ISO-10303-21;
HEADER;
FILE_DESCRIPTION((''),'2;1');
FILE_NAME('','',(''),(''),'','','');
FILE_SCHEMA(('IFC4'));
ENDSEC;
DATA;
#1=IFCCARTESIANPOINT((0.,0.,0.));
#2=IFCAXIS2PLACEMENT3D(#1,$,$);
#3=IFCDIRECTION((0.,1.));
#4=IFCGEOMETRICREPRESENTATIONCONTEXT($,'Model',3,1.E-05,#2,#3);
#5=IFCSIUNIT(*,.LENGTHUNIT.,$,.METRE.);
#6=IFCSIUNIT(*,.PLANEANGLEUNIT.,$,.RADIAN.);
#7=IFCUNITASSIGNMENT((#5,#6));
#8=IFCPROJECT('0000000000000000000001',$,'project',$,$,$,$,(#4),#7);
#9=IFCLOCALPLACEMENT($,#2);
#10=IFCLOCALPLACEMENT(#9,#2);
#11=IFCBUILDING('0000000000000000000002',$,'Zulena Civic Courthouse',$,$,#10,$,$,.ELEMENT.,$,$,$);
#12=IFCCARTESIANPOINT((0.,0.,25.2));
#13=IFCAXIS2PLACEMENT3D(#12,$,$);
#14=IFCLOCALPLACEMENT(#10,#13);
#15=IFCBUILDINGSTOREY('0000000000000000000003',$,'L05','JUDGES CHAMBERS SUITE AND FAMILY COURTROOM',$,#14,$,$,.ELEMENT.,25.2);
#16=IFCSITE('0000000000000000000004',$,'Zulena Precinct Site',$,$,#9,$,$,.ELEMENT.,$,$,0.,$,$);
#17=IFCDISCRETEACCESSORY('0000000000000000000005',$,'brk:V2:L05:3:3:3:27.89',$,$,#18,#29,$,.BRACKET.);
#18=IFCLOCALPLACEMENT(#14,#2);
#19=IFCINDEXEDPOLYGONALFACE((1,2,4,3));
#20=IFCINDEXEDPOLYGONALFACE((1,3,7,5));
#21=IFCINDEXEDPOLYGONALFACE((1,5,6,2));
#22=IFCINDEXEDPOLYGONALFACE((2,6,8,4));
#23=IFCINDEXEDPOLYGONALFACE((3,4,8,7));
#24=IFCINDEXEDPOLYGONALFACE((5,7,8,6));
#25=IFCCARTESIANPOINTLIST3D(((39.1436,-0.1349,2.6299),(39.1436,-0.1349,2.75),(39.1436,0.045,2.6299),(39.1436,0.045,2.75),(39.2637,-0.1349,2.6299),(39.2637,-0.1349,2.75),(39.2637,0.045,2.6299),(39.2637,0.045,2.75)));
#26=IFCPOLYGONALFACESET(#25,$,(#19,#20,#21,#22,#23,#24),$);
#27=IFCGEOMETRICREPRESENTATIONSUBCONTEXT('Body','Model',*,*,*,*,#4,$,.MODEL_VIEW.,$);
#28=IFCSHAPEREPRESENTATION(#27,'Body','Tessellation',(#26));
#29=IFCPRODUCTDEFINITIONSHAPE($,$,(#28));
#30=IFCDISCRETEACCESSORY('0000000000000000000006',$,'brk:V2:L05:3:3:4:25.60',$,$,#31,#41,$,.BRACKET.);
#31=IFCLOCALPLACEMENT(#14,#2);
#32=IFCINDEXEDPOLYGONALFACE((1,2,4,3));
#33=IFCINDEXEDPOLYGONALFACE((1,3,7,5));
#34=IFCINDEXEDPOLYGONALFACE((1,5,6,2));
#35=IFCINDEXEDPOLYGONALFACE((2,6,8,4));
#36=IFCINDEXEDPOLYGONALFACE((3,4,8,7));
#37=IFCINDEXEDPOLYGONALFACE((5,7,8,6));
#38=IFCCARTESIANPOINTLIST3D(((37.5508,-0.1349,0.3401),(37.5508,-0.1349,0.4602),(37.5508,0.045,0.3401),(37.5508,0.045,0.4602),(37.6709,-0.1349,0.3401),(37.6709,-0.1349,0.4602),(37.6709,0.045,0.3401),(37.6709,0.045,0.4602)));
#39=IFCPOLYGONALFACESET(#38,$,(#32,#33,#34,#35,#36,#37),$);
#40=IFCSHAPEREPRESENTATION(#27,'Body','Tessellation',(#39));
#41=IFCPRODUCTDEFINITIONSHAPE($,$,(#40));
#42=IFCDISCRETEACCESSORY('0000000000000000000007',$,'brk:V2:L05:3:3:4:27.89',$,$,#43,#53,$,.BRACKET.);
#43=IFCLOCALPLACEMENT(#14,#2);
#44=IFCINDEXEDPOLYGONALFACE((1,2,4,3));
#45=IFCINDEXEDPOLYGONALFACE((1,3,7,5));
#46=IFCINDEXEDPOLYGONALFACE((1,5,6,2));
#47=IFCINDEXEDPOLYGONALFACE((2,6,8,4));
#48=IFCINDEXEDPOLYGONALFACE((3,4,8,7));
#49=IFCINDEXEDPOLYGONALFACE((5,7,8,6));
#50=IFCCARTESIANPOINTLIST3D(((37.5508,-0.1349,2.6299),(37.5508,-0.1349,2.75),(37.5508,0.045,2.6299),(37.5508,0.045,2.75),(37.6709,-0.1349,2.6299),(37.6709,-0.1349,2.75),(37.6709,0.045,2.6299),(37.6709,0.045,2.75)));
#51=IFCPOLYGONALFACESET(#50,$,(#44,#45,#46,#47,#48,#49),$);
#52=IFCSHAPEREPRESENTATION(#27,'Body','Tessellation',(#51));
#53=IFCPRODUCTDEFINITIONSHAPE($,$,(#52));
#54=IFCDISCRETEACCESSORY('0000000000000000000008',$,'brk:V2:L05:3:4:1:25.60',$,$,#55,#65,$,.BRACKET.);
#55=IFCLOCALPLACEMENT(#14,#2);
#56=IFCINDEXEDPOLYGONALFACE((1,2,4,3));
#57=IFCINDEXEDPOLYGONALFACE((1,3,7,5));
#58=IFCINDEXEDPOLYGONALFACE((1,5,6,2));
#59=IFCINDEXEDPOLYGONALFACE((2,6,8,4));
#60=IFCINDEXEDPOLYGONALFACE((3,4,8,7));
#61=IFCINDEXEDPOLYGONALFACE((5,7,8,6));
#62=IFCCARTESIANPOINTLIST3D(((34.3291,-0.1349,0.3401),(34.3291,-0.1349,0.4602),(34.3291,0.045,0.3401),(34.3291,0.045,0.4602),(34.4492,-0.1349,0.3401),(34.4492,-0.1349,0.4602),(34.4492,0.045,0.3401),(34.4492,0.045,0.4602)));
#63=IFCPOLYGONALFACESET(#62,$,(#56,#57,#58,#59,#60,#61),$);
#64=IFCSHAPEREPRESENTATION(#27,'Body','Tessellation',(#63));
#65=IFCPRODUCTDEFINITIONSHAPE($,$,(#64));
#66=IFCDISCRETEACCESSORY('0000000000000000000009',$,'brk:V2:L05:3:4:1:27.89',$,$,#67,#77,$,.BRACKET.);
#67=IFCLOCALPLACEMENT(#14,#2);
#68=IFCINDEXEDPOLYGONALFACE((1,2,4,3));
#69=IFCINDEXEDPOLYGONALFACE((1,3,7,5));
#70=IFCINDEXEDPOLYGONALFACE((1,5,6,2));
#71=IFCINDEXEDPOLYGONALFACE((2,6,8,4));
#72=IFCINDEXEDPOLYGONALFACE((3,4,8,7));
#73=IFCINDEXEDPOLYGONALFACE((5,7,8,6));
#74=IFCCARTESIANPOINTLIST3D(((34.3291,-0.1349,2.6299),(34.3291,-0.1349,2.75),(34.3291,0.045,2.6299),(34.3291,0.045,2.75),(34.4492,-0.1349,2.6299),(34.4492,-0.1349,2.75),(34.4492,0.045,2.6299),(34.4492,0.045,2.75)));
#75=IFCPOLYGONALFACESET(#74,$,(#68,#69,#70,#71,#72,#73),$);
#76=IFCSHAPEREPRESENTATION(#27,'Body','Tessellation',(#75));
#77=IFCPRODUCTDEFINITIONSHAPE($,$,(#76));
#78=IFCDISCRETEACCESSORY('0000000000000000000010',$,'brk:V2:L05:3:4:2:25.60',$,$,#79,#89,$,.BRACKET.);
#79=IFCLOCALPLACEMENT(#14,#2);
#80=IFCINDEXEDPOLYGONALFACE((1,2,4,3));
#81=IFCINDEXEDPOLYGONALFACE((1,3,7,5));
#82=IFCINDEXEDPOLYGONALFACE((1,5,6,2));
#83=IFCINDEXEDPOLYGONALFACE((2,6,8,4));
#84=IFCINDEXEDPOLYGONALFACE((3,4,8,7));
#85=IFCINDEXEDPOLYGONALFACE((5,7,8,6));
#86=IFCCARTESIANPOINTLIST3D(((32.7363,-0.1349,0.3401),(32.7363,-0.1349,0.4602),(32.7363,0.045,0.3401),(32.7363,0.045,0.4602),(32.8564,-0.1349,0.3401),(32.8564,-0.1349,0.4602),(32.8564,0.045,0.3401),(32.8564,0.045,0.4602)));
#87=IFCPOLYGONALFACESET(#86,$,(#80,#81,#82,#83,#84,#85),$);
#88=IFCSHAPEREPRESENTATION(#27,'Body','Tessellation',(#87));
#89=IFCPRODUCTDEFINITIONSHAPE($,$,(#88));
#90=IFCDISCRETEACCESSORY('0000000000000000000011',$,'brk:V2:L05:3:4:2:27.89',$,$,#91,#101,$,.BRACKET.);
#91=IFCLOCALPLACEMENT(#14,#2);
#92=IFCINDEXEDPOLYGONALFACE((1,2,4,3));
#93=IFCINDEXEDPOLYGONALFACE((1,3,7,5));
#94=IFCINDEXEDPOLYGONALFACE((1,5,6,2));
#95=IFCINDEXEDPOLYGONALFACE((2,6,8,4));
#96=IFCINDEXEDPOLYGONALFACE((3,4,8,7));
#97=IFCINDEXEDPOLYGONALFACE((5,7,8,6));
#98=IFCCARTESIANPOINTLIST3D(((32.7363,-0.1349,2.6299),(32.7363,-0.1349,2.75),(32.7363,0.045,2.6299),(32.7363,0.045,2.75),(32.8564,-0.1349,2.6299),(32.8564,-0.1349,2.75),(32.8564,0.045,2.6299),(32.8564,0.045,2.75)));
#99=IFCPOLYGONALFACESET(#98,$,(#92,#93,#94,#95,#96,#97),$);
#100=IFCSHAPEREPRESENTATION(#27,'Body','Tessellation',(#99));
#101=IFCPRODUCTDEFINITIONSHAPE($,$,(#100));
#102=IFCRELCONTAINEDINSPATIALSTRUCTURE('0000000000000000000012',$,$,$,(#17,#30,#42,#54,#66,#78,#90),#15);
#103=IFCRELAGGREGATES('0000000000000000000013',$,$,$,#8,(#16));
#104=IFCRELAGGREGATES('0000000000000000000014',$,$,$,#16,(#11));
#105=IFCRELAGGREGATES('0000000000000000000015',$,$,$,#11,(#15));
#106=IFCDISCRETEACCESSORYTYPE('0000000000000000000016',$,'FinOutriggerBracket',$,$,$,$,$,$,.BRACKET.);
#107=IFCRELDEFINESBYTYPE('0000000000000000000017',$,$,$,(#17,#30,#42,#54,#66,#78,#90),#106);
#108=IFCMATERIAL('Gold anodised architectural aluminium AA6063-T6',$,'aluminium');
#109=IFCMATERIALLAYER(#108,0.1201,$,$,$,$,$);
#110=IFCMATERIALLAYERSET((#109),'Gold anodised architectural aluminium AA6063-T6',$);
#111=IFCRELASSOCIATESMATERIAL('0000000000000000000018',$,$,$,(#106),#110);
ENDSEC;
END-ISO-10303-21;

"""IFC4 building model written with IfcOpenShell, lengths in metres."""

from ifc_helpers import new_model, si_unit, direction, frame, origin, origin_2d, place, context, subcontext, project, spatial, rectangle, extrude, material, layer, layer_set, type_object, element, save


model = new_model("IFC4")

# Units and contexts
model_context = context("Model", 3, precision=1e-05, world=origin(), true_north=direction((0.0, 1.0)))
body_context = subcontext(model_context, "Body", "Model", "MODEL_VIEW")
ifc_project = project(units=[si_unit("LENGTHUNIT", "METRE"), si_unit("PLANEANGLEUNIT", "RADIAN")], contexts=[model_context])

# Site, building, storey
site_placement = place(None, origin())
site = spatial("IfcSite", under=ifc_project, at=site_placement, Name="Zulena Precinct Site", CompositionType="ELEMENT", RefElevation=0.0)
building_placement = place(site_placement, origin())
building = spatial("IfcBuilding", under=site, at=building_placement, Name="Zulena Civic Courthouse", CompositionType="ELEMENT")
storey_placement = place(building_placement, frame((0.0, 0.0, 25.2)))
storey = spatial("IfcBuildingStorey", under=building, at=storey_placement, Name="L05", Description="JUDGES CHAMBERS SUITE AND FAMILY COURTROOM", CompositionType="ELEMENT", Elevation=25.2)

# Shared definitions
ifc_material_1 = material(Name="Gold anodised architectural aluminium AA6063-T6", Category="aluminium")

# Discrete accessories
ifc_layer_1 = layer(ifc_material_1, 0.1201)
ifc_layer_set_1 = layer_set([ifc_layer_1], Name="Gold anodised architectural aluminium AA6063-T6")
discrete_accessory_type = type_object("IfcDiscreteAccessoryType", Name="FinOutriggerBracket", PredefinedType="BRACKET", material=ifc_layer_set_1)
for number, where, z_axis, x_axis, name in (
    (1, (39.2036, -0.0449, 2.6299), (0.0, 0.0, 1.0), (0.0, -1.0, 0.0), "brk:V2:L05:3:3:3:27.89"),
    (2, (37.6108, -0.0449, 0.3401), (0.0, 0.0, 1.0), (0.0, -1.0, 0.0), "brk:V2:L05:3:3:4:25.60"),
    (3, (37.6108, -0.0449, 2.6299), (0.0, 0.0, 1.0), (0.0, -1.0, 0.0), "brk:V2:L05:3:3:4:27.89"),
    (4, (34.3892, -0.0449, 0.3401), (0.0, 0.0, 1.0), (0.0, -1.0, 0.0), "brk:V2:L05:3:4:1:25.60"),
    (5, (34.3892, -0.0449, 2.6299), (0.0, 0.0, 1.0), (0.0, -1.0, 0.0), "brk:V2:L05:3:4:1:27.89"),
    (6, (32.7964, -0.0449, 0.3401), (0.0, 0.0, 1.0), (0.0, -1.0, 0.0), "brk:V2:L05:3:4:2:25.60"),
    (7, (32.7964, -0.0449, 2.6299), (0.0, 0.0, 1.0), (0.0, -1.0, 0.0), "brk:V2:L05:3:4:2:27.89"),
):
    element("IfcDiscreteAccessory", number, at=place(storey_placement, frame(where, z_axis=z_axis, x_axis=x_axis)), inside=storey, type_object=discrete_accessory_type, Name=name, PredefinedType="BRACKET", context=body_context, shape_type="SweptSolid", body=[
        extrude(rectangle(XDim=0.1799, YDim=0.1201, at=origin_2d()), origin(), (0.0, 0.0, 1.0), 0.1201),
    ])

save(model, "model.ifc")
